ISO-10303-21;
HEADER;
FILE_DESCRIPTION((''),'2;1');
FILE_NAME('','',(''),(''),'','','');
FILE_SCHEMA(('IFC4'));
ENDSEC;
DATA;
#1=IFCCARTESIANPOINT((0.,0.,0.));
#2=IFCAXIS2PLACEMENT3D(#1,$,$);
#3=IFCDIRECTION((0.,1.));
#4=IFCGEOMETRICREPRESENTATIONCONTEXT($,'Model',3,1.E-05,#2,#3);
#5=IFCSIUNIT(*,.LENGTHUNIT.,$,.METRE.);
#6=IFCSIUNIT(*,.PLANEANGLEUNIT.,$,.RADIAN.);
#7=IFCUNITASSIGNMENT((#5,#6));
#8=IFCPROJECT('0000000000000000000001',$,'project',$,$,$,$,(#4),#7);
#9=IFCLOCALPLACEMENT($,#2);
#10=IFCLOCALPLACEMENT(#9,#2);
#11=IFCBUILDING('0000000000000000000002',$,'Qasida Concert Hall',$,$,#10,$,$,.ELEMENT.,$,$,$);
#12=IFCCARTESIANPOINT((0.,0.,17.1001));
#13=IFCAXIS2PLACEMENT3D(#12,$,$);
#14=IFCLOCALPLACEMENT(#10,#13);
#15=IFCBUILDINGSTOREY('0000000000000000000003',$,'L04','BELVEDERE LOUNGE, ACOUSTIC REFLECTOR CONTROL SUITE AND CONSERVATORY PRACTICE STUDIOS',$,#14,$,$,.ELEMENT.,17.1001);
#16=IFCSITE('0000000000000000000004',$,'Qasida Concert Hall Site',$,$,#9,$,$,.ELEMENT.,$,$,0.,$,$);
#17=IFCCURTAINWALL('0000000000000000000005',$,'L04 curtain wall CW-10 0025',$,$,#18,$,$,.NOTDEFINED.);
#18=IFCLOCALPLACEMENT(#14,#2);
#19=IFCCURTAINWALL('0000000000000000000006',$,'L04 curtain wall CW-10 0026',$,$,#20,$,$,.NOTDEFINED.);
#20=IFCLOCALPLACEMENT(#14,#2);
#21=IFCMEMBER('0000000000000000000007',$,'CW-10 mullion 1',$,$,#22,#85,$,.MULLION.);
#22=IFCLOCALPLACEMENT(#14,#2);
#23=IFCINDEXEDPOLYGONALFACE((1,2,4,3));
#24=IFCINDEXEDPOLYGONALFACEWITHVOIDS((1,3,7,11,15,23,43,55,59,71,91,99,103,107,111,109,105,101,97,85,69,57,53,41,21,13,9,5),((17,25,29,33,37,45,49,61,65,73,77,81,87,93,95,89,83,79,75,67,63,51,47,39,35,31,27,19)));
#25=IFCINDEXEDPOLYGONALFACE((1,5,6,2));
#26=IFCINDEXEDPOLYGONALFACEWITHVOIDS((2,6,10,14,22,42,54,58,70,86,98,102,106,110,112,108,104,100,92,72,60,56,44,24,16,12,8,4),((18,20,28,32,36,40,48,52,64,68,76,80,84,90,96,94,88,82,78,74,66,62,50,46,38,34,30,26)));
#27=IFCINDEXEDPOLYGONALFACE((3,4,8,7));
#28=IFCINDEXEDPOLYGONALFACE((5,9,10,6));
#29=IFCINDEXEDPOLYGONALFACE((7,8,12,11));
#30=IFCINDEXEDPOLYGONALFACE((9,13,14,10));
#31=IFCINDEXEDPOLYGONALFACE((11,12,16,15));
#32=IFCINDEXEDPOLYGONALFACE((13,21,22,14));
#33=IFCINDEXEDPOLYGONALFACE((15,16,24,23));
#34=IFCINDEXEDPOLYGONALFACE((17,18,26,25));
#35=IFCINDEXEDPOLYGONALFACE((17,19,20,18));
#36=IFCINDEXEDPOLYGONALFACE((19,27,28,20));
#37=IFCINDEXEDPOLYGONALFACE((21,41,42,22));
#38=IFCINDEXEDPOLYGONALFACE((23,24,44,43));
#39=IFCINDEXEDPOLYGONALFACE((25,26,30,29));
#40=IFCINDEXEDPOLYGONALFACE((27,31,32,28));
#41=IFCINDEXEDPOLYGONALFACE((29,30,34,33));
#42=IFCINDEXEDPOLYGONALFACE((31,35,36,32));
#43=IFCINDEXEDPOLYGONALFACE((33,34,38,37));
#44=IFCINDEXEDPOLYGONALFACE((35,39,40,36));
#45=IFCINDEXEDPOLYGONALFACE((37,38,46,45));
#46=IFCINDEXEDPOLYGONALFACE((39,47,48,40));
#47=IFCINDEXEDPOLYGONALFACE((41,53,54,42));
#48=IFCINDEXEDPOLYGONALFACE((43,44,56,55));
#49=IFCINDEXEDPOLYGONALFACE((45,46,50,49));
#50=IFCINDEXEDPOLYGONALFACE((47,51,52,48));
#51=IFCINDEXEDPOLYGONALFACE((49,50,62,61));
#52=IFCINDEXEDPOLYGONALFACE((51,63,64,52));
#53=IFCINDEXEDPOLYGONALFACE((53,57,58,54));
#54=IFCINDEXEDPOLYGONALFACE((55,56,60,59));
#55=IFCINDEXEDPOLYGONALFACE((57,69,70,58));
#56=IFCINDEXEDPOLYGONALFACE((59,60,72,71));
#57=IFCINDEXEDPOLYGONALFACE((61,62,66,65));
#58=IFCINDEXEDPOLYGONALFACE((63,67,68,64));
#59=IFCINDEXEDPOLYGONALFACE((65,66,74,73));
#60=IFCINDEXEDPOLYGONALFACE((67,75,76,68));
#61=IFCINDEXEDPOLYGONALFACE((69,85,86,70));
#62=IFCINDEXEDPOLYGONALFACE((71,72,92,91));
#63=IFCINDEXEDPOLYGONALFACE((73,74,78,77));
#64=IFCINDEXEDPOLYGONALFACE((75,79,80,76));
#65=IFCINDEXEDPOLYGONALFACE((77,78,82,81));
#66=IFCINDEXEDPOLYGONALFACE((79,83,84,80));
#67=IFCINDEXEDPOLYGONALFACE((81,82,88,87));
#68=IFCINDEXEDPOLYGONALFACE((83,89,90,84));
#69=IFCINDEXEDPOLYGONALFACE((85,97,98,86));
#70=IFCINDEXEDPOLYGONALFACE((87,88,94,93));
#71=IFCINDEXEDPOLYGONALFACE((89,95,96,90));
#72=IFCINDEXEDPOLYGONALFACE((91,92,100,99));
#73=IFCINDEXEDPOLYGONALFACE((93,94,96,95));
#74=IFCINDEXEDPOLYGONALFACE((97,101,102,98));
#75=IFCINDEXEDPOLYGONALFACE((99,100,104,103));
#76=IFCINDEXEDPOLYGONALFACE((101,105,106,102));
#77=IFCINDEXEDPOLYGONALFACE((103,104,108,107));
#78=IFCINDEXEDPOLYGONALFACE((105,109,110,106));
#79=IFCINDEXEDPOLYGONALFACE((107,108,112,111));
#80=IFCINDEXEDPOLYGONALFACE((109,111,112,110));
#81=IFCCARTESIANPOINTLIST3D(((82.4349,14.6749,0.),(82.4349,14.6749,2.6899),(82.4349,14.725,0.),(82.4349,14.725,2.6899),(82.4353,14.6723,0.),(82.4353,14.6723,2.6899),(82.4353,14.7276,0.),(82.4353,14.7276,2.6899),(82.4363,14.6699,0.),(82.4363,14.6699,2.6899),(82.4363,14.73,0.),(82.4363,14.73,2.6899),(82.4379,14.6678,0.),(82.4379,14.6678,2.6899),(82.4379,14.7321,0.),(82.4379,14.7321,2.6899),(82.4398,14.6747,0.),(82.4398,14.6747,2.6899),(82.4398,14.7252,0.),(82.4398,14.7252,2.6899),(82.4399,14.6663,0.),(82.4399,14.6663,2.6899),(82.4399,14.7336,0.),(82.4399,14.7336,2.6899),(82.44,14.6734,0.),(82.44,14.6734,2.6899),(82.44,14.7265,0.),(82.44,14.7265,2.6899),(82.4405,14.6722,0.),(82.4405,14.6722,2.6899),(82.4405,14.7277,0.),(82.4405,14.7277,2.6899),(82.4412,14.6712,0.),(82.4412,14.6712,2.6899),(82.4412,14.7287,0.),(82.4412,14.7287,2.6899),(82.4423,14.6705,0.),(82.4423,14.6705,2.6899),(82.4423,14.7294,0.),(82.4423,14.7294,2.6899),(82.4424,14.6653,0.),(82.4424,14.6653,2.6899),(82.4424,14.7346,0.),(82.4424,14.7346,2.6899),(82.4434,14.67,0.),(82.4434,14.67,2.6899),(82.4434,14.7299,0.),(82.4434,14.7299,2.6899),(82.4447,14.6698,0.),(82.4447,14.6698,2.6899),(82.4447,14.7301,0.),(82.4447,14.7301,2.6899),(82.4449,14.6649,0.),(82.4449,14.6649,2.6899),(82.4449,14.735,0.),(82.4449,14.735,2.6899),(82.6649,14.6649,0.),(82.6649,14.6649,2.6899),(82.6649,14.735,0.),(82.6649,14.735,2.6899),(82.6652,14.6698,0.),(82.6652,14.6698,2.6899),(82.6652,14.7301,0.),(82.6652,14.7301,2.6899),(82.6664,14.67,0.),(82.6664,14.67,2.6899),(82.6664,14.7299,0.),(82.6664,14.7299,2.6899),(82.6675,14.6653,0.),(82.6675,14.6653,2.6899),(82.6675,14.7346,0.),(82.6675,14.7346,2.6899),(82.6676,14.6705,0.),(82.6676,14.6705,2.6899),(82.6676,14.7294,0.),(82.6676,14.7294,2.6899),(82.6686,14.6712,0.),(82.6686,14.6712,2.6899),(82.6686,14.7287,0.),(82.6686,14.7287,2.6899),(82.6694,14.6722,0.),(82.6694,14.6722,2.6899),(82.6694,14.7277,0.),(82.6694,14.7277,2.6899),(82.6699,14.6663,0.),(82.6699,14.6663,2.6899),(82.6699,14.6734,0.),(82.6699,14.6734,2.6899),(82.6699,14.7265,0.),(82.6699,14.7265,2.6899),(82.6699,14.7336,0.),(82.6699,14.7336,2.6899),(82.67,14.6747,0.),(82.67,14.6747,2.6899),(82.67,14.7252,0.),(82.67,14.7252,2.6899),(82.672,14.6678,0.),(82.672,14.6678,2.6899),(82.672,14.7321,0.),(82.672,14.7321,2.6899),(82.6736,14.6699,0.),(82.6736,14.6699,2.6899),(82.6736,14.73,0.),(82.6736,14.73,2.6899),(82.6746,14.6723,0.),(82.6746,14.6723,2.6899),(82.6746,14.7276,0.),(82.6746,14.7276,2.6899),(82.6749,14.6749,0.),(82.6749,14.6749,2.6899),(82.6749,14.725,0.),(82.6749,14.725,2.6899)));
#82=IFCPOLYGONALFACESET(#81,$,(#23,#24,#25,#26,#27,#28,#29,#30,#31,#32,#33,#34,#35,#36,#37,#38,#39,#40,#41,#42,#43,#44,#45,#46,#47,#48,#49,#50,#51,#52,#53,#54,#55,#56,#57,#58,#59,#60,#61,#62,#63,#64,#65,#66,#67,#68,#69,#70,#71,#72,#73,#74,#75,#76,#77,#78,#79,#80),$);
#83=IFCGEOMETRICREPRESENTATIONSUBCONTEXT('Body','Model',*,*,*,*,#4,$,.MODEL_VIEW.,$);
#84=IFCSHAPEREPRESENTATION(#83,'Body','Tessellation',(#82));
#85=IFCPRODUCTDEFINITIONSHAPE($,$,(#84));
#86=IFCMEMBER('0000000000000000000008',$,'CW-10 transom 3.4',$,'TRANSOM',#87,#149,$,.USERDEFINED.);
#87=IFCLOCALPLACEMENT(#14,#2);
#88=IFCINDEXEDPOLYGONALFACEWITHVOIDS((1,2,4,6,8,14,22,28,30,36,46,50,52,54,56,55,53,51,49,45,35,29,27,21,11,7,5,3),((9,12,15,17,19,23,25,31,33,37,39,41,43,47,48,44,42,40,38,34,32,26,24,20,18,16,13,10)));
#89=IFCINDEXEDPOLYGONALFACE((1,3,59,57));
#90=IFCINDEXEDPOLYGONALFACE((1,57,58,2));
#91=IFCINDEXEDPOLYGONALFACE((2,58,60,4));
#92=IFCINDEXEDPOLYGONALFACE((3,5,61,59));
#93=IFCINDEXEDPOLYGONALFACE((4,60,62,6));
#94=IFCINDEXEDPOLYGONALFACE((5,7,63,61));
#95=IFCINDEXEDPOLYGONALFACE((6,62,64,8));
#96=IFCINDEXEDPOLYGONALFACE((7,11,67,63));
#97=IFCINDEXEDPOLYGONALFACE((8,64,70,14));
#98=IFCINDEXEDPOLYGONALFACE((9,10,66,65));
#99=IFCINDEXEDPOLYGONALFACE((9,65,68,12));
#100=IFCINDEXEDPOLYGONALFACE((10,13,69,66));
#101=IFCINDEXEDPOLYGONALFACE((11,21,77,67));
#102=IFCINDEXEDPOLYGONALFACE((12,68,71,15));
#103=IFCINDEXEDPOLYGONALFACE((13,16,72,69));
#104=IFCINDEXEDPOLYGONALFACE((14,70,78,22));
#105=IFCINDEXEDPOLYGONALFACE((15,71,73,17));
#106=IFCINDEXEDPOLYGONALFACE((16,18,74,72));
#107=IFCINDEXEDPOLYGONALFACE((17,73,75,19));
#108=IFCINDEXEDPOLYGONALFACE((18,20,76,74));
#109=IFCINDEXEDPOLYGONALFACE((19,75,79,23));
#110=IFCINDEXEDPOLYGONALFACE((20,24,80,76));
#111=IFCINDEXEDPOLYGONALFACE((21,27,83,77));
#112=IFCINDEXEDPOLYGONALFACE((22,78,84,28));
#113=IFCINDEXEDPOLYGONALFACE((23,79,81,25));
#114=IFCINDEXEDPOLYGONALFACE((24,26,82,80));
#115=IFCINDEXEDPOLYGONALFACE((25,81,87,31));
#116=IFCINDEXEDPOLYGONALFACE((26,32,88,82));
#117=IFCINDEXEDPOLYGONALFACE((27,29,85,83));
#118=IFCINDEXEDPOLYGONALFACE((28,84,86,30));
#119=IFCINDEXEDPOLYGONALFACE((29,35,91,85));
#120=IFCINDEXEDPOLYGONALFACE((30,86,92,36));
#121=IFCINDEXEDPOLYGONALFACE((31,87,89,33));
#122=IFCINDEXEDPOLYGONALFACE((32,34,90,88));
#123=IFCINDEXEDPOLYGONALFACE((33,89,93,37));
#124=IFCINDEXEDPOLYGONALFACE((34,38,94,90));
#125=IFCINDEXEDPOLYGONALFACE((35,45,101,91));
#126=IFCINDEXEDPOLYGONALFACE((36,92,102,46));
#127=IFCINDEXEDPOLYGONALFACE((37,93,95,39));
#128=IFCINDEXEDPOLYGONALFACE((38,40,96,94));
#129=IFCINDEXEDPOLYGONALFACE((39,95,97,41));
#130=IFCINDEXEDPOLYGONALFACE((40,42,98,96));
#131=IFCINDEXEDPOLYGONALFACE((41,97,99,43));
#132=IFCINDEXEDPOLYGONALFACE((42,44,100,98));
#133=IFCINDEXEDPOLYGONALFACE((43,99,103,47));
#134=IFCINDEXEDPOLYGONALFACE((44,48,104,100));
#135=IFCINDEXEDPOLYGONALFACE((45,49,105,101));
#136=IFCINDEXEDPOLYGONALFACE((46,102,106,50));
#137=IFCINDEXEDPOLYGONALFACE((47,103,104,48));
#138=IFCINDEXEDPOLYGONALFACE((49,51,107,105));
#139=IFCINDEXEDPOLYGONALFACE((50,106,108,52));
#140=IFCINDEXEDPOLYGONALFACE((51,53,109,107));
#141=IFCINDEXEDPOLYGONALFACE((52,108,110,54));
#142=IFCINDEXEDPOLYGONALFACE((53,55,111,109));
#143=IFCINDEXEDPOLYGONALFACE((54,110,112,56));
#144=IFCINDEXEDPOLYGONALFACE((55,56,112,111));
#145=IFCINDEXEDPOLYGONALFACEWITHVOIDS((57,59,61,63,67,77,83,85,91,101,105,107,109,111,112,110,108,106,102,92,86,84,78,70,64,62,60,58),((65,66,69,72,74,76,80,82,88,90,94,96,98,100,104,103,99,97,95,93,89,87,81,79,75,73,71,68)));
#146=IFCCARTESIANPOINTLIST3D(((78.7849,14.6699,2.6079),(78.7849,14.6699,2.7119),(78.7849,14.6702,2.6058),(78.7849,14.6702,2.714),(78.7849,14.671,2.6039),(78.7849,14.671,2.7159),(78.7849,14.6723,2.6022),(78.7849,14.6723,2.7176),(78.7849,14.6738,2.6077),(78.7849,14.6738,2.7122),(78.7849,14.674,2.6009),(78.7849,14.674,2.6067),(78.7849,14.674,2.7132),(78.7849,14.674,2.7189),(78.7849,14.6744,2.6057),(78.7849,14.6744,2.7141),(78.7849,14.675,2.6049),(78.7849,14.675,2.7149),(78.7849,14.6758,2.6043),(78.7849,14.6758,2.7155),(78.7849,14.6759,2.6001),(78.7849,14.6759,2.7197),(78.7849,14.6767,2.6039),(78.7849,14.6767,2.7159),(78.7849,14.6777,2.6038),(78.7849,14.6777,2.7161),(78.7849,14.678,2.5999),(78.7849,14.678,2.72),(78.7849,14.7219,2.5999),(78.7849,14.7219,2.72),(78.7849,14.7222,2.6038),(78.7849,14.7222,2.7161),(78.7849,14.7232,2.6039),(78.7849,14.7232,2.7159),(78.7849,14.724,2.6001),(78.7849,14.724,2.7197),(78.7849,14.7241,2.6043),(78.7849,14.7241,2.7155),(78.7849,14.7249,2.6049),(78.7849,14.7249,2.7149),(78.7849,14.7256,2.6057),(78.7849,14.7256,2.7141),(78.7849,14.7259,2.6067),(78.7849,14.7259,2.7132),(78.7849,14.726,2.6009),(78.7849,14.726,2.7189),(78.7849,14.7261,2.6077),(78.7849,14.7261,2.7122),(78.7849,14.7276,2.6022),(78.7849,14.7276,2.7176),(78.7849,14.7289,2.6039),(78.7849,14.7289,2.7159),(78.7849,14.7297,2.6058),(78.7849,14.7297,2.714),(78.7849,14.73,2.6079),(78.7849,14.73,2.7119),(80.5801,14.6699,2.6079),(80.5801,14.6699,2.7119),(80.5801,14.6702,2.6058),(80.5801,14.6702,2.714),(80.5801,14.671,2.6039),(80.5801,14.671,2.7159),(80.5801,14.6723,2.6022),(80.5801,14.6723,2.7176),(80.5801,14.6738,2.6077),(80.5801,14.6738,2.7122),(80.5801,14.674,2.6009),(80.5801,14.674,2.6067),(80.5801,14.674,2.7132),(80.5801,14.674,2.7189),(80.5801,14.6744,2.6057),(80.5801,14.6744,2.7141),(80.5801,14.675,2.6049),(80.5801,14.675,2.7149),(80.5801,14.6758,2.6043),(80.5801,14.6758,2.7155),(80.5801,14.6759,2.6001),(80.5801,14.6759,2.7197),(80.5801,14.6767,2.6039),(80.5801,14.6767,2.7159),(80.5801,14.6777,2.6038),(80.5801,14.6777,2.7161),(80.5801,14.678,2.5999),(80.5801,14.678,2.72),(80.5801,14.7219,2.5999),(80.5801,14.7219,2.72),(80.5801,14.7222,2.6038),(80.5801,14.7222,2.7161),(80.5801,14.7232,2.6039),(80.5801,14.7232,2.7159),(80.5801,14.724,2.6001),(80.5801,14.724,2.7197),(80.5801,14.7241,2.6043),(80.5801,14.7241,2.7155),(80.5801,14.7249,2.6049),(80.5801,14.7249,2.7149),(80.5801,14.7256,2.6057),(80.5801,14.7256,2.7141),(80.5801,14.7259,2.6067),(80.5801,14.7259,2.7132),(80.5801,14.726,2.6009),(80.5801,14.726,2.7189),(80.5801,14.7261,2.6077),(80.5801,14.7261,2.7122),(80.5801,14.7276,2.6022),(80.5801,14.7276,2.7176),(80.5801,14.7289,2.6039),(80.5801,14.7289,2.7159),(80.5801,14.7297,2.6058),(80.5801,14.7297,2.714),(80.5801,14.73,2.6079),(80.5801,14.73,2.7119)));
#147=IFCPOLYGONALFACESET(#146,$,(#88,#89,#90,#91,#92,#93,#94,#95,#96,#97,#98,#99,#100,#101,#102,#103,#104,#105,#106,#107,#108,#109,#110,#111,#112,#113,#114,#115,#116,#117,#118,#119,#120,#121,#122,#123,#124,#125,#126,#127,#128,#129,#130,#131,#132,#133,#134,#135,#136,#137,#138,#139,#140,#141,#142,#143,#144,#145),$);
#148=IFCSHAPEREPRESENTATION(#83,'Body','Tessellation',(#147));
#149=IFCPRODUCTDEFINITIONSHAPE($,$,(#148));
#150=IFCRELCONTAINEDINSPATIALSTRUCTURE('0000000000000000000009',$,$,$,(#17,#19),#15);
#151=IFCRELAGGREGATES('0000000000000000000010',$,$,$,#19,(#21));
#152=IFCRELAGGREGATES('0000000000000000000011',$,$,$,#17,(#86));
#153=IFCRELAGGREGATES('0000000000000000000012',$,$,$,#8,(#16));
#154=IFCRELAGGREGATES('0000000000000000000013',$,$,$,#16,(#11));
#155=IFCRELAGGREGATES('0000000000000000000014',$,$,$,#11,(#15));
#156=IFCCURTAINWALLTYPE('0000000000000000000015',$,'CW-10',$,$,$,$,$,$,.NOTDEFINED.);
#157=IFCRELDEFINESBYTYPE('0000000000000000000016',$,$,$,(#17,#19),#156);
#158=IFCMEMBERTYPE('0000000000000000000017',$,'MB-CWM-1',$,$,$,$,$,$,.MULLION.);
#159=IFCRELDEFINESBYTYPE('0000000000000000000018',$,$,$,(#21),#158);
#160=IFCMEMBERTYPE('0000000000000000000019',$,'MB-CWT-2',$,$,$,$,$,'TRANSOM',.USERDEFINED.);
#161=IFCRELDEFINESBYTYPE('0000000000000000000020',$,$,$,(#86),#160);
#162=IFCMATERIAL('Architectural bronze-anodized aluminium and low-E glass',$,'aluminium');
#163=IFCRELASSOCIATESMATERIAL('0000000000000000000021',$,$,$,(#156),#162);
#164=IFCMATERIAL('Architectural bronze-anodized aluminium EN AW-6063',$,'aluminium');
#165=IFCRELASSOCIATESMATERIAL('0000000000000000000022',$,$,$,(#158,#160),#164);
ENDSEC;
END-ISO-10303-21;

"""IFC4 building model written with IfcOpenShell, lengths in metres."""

from ifc_helpers import new_model, si_unit, direction, frame, origin, origin_2d, place, context, subcontext, project, spatial, hollow_rectangle, extrude, material, material_profile, profile_set, type_object, element, aggregate, save


model = new_model("IFC4")

# Units and contexts
model_context = context("Model", 3, precision=1e-05, world=origin(), true_north=direction((0.0, 1.0)))
body_context = subcontext(model_context, "Body", "Model", "MODEL_VIEW")
ifc_project = project(units=[si_unit("LENGTHUNIT", "METRE"), si_unit("PLANEANGLEUNIT", "RADIAN")], contexts=[model_context])

# Site, building, storey
site_placement = place(None, origin())
site = spatial("IfcSite", under=ifc_project, at=site_placement, Name="Qasida Concert Hall Site", CompositionType="ELEMENT", RefElevation=0.0)
building_placement = place(site_placement, origin())
building = spatial("IfcBuilding", under=site, at=building_placement, Name="Qasida Concert Hall", CompositionType="ELEMENT")
storey_placement = place(building_placement, frame((0.0, 0.0, 17.1001)))
storey = spatial("IfcBuildingStorey", under=building, at=storey_placement, Name="L04", Description="BELVEDERE LOUNGE, ACOUSTIC REFLECTOR CONTROL SUITE AND CONSERVATORY PRACTICE STUDIOS", CompositionType="ELEMENT", Elevation=17.1001)

# Curtain wall
ifc_material_1 = material(Name="Architectural bronze-anodized aluminium and low-E glass", Category="aluminium")
curtain_wall_type = type_object("IfcCurtainWallType", Name="CW-10", PredefinedType="NOTDEFINED", material=ifc_material_1)
curtain_wall_1_placement = place(storey_placement, origin())
curtain_wall_1 = element("IfcCurtainWall", 1, at=curtain_wall_1_placement, inside=storey, type_object=curtain_wall_type, Name="L04 curtain wall CW-10 0025", PredefinedType="NOTDEFINED")
ifc_material_2 = material(Name="Architectural bronze-anodized aluminium EN AW-6063", Category="aluminium")
ifc_material_profile_1 = material_profile(ifc_material_2, hollow_rectangle(XDim=0.0701, YDim=0.24, WallThickness=0.0049, InnerFilletRadius=0.0049, OuterFilletRadius=0.01, at=origin_2d()), Name="CWM 240x70x5")
ifc_profile_set_1 = profile_set([ifc_material_profile_1], Name="Architectural bronze-anodized aluminium EN AW-6063")
member_type_1 = type_object("IfcMemberType", Name="MB-CWM-1", PredefinedType="MULLION", material=ifc_profile_set_1)

# Curtain wall, member
curtain_wall_2_placement = place(storey_placement, origin())
curtain_wall_2 = element("IfcCurtainWall", 2, at=curtain_wall_2_placement, inside=storey, type_object=curtain_wall_type, Name="L04 curtain wall CW-10 0026", PredefinedType="NOTDEFINED")
member_1_placement = place(storey_placement, frame((82.5549, 14.7, 0.0), z_axis=(0.0, 0.0, 1.0), x_axis=(0.0, 1.0, 0.0)))
member_1 = element("IfcMember", 3, at=member_1_placement, type_object=member_type_1, Name="CW-10 mullion 1", PredefinedType="MULLION", context=body_context, shape_type="SweptSolid", body=[
    extrude(hollow_rectangle(XDim=0.0701, YDim=0.24, WallThickness=0.0049, InnerFilletRadius=0.0049, OuterFilletRadius=0.01, at=origin_2d()), origin(), (0.0, 0.0, 1.0), 2.6899),
])

# Member
ifc_material_profile_2 = material_profile(ifc_material_2, hollow_rectangle(XDim=0.0601, YDim=0.1201, WallThickness=0.0039, InnerFilletRadius=0.0039, OuterFilletRadius=0.0081, at=origin_2d()), Name="CWT 120x60x4")
ifc_profile_set_2 = profile_set([ifc_material_profile_2], Name="Architectural bronze-anodized aluminium EN AW-6063")
member_type_2 = type_object("IfcMemberType", Name="MB-CWT-2", ElementType="TRANSOM", PredefinedType="USERDEFINED", material=ifc_profile_set_2)
member_2_placement = place(storey_placement, frame((78.7849, 14.7, 2.6599), z_axis=(1.0, 0.0, 0.0), x_axis=(0.0, 1.0, 0.0)))
member_2 = element("IfcMember", 4, at=member_2_placement, type_object=member_type_2, Name="CW-10 transom 3.4", ObjectType="TRANSOM", PredefinedType="USERDEFINED", context=body_context, shape_type="SweptSolid", body=[
    extrude(hollow_rectangle(XDim=0.0601, YDim=0.1201, WallThickness=0.0039, InnerFilletRadius=0.0039, OuterFilletRadius=0.0081, at=origin_2d()), origin(), (0.0, 0.0, 1.0), 1.7952),
])
aggregate(curtain_wall_2, [member_1])

aggregate(curtain_wall_1, [member_2])

save(model, "model.ifc")
